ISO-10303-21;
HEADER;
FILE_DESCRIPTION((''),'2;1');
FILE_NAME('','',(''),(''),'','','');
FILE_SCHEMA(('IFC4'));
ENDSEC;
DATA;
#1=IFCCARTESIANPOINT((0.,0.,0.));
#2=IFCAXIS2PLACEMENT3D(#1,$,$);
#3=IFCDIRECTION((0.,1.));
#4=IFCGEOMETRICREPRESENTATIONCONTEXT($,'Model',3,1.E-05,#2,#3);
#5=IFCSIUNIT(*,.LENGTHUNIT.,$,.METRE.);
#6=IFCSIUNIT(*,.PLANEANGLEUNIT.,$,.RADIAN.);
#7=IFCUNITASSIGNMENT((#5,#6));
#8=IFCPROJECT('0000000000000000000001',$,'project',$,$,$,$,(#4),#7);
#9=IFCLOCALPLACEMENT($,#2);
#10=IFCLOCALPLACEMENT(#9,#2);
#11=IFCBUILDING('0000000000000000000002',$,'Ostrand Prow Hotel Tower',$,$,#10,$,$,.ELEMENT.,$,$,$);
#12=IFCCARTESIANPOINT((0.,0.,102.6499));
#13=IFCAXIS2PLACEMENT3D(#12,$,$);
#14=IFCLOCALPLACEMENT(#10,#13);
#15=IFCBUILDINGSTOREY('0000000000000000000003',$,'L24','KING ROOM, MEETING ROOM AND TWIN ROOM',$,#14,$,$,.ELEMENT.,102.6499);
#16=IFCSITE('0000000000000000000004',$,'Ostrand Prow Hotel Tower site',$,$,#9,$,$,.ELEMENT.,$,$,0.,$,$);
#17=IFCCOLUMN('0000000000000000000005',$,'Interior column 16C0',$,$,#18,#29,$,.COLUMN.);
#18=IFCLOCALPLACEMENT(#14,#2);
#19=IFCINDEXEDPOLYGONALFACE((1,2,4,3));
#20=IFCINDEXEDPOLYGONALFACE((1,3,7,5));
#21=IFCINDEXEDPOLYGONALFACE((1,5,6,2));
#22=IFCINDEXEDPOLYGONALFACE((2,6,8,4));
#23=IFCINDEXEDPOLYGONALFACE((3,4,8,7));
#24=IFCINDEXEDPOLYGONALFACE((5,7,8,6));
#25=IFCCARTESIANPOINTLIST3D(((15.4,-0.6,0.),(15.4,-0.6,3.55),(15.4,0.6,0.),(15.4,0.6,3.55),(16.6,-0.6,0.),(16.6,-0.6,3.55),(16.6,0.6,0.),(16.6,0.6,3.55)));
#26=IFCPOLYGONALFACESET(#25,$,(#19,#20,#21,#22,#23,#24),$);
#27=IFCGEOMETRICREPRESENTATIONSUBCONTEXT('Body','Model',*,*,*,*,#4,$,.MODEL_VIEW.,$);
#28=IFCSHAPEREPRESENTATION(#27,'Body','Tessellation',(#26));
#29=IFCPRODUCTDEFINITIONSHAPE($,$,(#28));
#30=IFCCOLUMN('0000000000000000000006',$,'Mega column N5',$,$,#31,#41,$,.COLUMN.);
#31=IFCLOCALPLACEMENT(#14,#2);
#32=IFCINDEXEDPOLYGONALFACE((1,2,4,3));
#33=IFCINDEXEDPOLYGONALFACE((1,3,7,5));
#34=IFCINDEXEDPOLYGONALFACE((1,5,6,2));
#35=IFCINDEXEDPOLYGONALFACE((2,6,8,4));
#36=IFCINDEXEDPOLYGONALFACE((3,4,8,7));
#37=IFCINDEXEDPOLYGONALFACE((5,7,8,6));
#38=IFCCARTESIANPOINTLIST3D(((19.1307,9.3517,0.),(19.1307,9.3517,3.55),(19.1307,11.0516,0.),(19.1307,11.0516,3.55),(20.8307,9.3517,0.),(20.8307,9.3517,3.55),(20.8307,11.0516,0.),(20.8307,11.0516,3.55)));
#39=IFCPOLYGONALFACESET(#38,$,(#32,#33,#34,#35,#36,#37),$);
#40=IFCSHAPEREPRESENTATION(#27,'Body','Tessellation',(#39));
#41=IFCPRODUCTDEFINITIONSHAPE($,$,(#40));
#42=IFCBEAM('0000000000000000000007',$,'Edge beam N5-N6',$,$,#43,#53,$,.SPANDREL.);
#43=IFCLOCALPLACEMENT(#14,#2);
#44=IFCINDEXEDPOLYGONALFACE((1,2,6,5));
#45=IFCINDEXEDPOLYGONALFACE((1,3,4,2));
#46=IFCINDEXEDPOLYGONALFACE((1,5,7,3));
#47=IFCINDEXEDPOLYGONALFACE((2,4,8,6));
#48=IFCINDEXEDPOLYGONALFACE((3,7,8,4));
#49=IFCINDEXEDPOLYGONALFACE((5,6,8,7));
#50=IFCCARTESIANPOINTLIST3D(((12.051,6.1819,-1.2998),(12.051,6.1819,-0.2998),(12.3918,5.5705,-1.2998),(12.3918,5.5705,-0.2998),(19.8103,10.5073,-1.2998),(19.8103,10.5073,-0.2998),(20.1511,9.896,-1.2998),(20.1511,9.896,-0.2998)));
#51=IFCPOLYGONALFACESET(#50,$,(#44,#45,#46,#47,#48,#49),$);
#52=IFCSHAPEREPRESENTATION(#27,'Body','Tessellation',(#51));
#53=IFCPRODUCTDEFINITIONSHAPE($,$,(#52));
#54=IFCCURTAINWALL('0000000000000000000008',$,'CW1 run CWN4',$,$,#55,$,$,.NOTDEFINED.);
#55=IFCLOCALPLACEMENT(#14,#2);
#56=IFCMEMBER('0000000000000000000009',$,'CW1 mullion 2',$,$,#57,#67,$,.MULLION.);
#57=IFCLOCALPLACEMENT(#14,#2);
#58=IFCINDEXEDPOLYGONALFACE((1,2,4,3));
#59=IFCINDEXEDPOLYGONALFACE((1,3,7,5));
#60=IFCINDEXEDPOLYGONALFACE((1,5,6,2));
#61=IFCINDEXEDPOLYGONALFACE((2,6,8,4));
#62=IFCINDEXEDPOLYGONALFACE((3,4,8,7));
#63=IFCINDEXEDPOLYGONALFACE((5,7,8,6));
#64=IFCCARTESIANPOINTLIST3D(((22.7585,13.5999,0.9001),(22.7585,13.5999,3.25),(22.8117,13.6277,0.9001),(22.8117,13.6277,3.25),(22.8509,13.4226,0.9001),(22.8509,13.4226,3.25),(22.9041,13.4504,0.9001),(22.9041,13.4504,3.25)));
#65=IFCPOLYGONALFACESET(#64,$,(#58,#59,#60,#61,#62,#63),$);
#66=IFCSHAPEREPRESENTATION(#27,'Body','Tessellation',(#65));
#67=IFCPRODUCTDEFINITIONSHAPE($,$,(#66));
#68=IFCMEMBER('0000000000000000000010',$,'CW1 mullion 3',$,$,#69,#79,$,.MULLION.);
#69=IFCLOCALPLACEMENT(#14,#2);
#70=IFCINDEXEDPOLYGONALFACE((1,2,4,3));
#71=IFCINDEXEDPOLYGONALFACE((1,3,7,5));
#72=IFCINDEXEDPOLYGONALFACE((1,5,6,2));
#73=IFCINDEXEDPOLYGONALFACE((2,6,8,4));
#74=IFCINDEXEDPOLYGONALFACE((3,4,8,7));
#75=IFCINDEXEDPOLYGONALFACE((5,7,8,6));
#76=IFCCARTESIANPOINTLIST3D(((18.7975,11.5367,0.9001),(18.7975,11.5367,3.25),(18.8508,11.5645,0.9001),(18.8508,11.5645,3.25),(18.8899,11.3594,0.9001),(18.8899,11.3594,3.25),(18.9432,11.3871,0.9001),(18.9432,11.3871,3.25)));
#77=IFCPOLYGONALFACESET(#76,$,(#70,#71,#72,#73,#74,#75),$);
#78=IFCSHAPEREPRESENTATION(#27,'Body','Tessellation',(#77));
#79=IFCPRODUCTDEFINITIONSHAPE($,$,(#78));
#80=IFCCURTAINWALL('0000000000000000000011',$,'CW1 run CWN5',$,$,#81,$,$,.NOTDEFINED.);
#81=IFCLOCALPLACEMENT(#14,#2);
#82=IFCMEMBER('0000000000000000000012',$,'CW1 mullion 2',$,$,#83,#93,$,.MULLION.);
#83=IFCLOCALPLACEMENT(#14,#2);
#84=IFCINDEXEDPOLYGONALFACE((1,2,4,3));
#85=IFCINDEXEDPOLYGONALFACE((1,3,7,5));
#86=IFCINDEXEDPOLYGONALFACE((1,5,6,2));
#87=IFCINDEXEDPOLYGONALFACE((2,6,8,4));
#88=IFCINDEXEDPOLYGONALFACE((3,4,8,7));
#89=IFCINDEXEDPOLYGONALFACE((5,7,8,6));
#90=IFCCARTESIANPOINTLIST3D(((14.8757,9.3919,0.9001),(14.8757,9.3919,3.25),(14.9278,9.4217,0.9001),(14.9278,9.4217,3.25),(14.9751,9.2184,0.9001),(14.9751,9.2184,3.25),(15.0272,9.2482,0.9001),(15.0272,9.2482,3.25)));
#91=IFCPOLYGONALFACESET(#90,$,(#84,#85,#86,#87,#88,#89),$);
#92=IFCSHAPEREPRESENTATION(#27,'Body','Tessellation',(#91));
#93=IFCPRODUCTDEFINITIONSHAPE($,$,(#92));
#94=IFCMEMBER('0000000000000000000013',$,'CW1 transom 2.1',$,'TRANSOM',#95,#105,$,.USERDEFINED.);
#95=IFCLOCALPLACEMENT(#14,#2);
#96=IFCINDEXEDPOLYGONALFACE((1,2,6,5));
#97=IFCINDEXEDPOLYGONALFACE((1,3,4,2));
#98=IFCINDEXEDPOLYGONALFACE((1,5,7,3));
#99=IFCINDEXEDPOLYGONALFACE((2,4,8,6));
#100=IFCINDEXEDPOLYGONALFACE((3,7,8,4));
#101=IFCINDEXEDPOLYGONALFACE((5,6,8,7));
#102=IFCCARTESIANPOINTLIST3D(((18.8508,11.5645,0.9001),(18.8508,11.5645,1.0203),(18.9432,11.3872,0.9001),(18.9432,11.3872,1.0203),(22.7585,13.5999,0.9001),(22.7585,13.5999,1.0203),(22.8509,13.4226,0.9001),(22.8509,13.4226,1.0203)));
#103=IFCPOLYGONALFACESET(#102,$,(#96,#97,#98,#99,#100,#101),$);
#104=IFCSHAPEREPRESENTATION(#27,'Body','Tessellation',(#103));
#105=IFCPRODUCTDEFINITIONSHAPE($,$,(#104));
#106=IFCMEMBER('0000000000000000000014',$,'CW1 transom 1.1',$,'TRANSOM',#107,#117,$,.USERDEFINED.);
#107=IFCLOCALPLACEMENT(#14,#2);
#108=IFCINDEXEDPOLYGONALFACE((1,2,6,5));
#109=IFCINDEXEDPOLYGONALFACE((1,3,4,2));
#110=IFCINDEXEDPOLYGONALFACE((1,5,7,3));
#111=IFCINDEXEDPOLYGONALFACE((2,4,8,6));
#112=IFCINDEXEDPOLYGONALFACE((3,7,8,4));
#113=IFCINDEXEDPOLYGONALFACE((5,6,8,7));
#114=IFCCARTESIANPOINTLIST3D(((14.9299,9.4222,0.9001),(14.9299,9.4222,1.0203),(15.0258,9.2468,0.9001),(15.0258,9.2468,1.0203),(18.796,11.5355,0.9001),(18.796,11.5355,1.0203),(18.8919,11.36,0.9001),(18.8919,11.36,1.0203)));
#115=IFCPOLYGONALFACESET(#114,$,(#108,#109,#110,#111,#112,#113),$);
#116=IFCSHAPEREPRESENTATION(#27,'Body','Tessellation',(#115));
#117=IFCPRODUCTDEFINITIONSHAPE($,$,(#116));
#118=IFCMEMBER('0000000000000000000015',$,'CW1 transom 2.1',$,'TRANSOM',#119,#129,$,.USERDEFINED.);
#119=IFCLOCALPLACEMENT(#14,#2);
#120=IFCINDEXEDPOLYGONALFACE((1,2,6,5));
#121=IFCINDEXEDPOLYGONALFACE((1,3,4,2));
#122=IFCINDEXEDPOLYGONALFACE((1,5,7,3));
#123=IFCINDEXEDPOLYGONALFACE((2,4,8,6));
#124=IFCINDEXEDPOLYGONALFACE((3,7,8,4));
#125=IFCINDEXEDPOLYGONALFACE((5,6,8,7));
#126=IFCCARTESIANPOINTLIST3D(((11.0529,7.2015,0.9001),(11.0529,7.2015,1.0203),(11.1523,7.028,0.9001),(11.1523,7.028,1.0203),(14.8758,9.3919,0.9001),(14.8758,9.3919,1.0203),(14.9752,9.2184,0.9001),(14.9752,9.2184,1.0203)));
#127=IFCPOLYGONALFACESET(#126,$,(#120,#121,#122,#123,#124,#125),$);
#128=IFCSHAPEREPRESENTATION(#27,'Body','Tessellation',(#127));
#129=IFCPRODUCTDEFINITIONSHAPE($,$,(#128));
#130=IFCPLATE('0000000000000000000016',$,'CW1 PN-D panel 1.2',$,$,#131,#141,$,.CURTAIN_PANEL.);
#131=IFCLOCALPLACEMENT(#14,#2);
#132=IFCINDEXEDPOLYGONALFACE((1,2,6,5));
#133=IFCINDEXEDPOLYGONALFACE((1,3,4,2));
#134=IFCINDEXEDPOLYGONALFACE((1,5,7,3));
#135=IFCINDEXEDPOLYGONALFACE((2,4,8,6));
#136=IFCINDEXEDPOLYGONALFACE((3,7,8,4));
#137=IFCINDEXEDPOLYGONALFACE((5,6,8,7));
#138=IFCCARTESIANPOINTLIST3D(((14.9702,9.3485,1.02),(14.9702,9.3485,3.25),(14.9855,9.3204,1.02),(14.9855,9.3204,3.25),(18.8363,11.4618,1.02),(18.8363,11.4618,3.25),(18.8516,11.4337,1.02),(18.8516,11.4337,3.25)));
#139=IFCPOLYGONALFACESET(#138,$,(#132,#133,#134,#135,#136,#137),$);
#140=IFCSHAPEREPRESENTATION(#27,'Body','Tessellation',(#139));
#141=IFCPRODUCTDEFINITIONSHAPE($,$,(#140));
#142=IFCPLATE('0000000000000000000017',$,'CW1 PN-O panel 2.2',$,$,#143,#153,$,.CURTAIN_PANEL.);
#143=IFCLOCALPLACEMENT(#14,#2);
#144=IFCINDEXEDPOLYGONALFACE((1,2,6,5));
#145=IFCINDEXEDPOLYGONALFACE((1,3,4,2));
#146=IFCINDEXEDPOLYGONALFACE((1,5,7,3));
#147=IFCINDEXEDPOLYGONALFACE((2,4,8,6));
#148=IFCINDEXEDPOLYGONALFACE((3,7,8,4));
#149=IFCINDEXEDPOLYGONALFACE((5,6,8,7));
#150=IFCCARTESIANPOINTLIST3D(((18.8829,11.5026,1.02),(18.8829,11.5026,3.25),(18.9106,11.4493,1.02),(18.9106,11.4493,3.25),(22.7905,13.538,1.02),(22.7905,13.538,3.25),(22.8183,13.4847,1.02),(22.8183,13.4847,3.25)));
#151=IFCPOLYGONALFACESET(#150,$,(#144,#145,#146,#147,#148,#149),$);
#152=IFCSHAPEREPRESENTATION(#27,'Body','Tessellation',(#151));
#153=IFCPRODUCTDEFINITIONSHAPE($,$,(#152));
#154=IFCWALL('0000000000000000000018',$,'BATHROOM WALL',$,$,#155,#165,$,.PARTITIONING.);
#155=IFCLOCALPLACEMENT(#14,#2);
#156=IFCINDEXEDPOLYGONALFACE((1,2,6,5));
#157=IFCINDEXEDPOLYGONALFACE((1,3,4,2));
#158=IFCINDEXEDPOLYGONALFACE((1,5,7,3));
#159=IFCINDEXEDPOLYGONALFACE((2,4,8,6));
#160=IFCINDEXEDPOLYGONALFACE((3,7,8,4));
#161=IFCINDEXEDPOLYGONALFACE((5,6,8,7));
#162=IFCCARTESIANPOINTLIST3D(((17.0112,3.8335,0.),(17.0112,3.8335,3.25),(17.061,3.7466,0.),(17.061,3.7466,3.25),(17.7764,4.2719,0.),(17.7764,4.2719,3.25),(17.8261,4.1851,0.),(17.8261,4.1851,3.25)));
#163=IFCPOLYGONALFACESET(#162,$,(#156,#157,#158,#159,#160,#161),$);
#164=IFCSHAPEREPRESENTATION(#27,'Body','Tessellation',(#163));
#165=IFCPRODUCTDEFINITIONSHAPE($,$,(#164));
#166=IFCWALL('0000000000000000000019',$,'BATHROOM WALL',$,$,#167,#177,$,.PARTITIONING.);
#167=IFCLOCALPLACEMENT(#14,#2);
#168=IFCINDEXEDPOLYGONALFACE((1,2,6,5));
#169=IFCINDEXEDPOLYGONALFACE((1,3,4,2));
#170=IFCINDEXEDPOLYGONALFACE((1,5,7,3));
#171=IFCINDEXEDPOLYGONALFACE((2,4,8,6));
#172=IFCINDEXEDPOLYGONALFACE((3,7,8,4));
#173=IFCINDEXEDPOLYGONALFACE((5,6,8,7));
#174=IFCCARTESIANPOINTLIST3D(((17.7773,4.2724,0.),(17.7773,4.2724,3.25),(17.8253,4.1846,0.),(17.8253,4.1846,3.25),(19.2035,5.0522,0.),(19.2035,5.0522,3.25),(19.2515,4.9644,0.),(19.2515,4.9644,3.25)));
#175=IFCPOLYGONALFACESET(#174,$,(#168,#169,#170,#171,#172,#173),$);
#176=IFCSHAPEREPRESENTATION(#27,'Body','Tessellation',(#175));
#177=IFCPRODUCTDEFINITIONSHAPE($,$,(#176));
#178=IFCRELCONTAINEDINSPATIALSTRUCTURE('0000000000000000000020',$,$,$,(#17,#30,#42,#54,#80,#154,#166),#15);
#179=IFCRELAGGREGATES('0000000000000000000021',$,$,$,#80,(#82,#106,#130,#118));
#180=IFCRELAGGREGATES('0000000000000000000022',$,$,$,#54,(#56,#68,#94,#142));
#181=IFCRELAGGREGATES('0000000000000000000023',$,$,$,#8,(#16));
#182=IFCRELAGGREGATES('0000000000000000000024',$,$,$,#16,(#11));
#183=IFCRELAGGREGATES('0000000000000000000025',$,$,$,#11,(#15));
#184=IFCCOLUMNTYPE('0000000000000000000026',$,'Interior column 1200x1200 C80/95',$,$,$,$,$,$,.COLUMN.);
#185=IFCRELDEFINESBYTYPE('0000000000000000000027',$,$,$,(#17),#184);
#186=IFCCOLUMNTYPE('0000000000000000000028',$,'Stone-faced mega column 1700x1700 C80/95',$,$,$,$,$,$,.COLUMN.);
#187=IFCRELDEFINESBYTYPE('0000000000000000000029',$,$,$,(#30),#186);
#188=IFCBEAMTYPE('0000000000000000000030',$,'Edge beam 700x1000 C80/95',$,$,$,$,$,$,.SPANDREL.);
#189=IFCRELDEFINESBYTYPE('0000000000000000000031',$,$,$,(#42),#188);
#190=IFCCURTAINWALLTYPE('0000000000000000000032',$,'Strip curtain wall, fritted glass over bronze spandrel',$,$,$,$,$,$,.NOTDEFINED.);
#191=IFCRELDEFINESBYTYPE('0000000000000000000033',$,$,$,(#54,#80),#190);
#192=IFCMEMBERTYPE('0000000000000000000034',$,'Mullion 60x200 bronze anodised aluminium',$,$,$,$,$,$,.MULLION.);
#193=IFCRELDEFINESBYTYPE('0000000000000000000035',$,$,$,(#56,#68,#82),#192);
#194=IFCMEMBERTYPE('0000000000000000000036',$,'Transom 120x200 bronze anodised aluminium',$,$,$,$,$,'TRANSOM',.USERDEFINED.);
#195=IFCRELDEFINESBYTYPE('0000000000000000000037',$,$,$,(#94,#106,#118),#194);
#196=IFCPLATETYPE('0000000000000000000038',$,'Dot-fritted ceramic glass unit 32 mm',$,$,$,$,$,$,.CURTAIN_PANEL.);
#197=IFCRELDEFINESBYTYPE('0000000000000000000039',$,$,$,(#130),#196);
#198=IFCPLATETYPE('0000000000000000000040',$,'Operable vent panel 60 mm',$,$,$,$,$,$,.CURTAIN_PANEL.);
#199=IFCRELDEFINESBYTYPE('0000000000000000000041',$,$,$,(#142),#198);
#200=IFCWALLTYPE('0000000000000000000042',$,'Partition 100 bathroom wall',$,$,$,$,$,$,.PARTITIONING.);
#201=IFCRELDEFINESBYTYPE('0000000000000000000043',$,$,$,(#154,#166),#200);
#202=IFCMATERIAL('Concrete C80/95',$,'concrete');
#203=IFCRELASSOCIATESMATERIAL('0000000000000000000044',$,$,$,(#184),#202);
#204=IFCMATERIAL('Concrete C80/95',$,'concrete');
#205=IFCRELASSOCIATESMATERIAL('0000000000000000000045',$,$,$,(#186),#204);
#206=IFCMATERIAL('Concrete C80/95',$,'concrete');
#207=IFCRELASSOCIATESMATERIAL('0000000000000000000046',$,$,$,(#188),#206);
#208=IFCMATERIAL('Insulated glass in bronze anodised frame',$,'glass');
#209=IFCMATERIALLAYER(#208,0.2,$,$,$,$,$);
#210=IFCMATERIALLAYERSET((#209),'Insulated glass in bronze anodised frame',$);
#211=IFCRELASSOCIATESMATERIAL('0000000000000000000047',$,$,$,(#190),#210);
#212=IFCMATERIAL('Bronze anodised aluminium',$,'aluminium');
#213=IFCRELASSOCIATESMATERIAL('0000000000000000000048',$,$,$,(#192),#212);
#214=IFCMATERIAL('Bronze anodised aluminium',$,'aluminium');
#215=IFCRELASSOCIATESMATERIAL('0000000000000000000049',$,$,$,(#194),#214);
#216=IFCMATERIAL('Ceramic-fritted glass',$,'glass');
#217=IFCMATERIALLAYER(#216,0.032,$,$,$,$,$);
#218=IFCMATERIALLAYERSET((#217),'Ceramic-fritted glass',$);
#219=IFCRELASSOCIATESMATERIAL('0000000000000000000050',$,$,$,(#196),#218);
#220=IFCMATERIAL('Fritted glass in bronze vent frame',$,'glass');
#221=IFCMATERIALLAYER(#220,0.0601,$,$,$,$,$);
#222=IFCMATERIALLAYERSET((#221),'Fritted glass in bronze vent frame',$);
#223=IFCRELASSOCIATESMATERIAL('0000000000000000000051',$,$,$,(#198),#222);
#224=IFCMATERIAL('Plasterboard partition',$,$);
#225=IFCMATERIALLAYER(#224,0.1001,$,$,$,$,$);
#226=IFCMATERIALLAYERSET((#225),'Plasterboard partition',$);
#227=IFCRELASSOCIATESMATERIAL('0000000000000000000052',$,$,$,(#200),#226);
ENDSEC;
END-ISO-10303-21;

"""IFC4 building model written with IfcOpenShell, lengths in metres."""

from ifc_helpers import new_model, si_unit, direction, frame, frame_2d, origin, origin_2d, place, context, subcontext, project, spatial, rectangle, extrude, material, layer, layer_set, material_profile, profile_set, type_object, element, aggregate, save


model = new_model("IFC4")

# Units and contexts
model_context = context("Model", 3, precision=1e-05, world=origin(), true_north=direction((0.0, 1.0)))
body_context = subcontext(model_context, "Body", "Model", "MODEL_VIEW")
ifc_project = project(units=[si_unit("LENGTHUNIT", "METRE"), si_unit("PLANEANGLEUNIT", "RADIAN")], contexts=[model_context])

# Site, building, storey
site_placement = place(None, origin())
site = spatial("IfcSite", under=ifc_project, at=site_placement, Name="Ostrand Prow Hotel Tower site", CompositionType="ELEMENT", RefElevation=0.0)
building_placement = place(site_placement, origin())
building = spatial("IfcBuilding", under=site, at=building_placement, Name="Ostrand Prow Hotel Tower", CompositionType="ELEMENT")
storey_placement = place(building_placement, frame((0.0, 0.0, 102.6499)))
storey = spatial("IfcBuildingStorey", under=building, at=storey_placement, Name="L24", Description="KING ROOM, MEETING ROOM AND TWIN ROOM", CompositionType="ELEMENT", Elevation=102.6499)

# Columns
ifc_material_1 = material(Name="Concrete C80/95", Category="concrete")
ifc_material_profile_1 = material_profile(ifc_material_1, rectangle(XDim=1.2, YDim=1.2, at=origin_2d()), Name="RC 1200x1200")
ifc_profile_set_1 = profile_set([ifc_material_profile_1], Name="Concrete C80/95")
column_type_1 = type_object("IfcColumnType", Name="Interior column 1200x1200 C80/95", PredefinedType="COLUMN", material=ifc_profile_set_1)
column_1_placement = place(storey_placement, frame((16.0, 0.0, 0.0), z_axis=(0.0, 0.0, 1.0), x_axis=(1.0, 0.0, 0.0)))
element("IfcColumn", 1, at=column_1_placement, inside=storey, type_object=column_type_1, Name="Interior column 16C0", PredefinedType="COLUMN", context=body_context, shape_type="SweptSolid", body=[
    extrude(rectangle(XDim=1.2, YDim=1.2, at=origin_2d()), origin(), (0.0, 0.0, 1.0), 3.55),
])
ifc_material_2 = material(Name="Concrete C80/95", Category="concrete")
ifc_material_profile_2 = material_profile(ifc_material_2, rectangle(XDim=1.7, YDim=1.7, at=origin_2d()), Name="RC 1700x1700")
ifc_profile_set_2 = profile_set([ifc_material_profile_2], Name="Concrete C80/95")
column_type_2 = type_object("IfcColumnType", Name="Stone-faced mega column 1700x1700 C80/95", PredefinedType="COLUMN", material=ifc_profile_set_2)
column_2_placement = place(storey_placement, frame((19.9807, 10.2017, 0.0), z_axis=(0.0, 0.0, 1.0), x_axis=(1.0, 0.0, 0.0)))
element("IfcColumn", 2, at=column_2_placement, inside=storey, type_object=column_type_2, Name="Mega column N5", PredefinedType="COLUMN", context=body_context, shape_type="SweptSolid", body=[
    extrude(rectangle(XDim=1.7, YDim=1.7, at=origin_2d()), origin(), (0.0, 0.0, 1.0), 3.55),
])

# Beam
ifc_material_3 = material(Name="Concrete C80/95", Category="concrete")
ifc_material_profile_3 = material_profile(ifc_material_3, rectangle(XDim=0.7, YDim=1.0, at=origin_2d()), Name="RC 700x1000")
ifc_profile_set_3 = profile_set([ifc_material_profile_3], Name="Concrete C80/95")
beam_type = type_object("IfcBeamType", Name="Edge beam 700x1000 C80/95", PredefinedType="SPANDREL", material=ifc_profile_set_3)
beam_placement = place(storey_placement, frame((19.9807, 10.2017, -0.7998), z_axis=(-0.873452, -0.486909, 0.0), x_axis=(0.486909, -0.873452, 0.0)))
element("IfcBeam", 3, at=beam_placement, inside=storey, type_object=beam_type, Name="Edge beam N5-N6", PredefinedType="SPANDREL", context=body_context, shape_type="SweptSolid", body=[
    extrude(rectangle(XDim=0.7, YDim=1.0, at=origin_2d()), origin(), (0.0, 0.0, 1.0), 8.8835),
])

# Curtain wall, members
ifc_material_4 = material(Name="Insulated glass in bronze anodised frame", Category="glass")
ifc_layer_1 = layer(ifc_material_4, 0.2)
ifc_layer_set_1 = layer_set([ifc_layer_1], Name="Insulated glass in bronze anodised frame")
curtain_wall_type = type_object("IfcCurtainWallType", Name="Strip curtain wall, fritted glass over bronze spandrel", PredefinedType="NOTDEFINED", material=ifc_layer_set_1)
curtain_wall_1_placement = place(storey_placement, origin())
curtain_wall_1 = element("IfcCurtainWall", 4, at=curtain_wall_1_placement, inside=storey, type_object=curtain_wall_type, Name="CW1 run CWN4", PredefinedType="NOTDEFINED")
ifc_material_5 = material(Name="Bronze anodised aluminium", Category="aluminium")
ifc_material_profile_4 = material_profile(ifc_material_5, rectangle(XDim=0.2, YDim=0.0601, at=origin_2d()), Name="Mullion 60x200 bronze anodised aluminium")
ifc_profile_set_4 = profile_set([ifc_material_profile_4], Name="Bronze anodised aluminium")
member_type_1 = type_object("IfcMemberType", Name="Mullion 60x200 bronze anodised aluminium", PredefinedType="MULLION", material=ifc_profile_set_4)
member_1_placement = place(storey_placement, frame((22.8313, 13.5251, 0.9001), z_axis=(0.0, 0.0, 1.0), x_axis=(0.461968, -0.886896, 0.0)))
member_1 = element("IfcMember", 5, at=member_1_placement, type_object=member_type_1, Name="CW1 mullion 2", PredefinedType="MULLION", context=body_context, shape_type="SweptSolid", body=[
    extrude(rectangle(XDim=0.2, YDim=0.0601, at=origin_2d()), origin(), (0.0, 0.0, 1.0), 2.3499),
])
member_2_placement = place(storey_placement, frame((18.8704, 11.4619, 0.9001), z_axis=(0.0, 0.0, 1.0), x_axis=(0.461968, -0.886896, 0.0)))
member_2 = element("IfcMember", 6, at=member_2_placement, type_object=member_type_1, Name="CW1 mullion 3", PredefinedType="MULLION", context=body_context, shape_type="SweptSolid", body=[
    extrude(rectangle(XDim=0.2, YDim=0.0601, at=origin_2d()), origin(), (0.0, 0.0, 1.0), 2.3499),
])

# Curtain wall, member
curtain_wall_2_placement = place(storey_placement, origin())
curtain_wall_2 = element("IfcCurtainWall", 7, at=curtain_wall_2_placement, inside=storey, type_object=curtain_wall_type, Name="CW1 run CWN5", PredefinedType="NOTDEFINED")
member_3_placement = place(storey_placement, frame((14.9514, 9.3201, 0.9001), z_axis=(0.0, 0.0, 1.0), x_axis=(0.497115, -0.867685, 0.0)))
member_3 = element("IfcMember", 8, at=member_3_placement, type_object=member_type_1, Name="CW1 mullion 2", PredefinedType="MULLION", context=body_context, shape_type="SweptSolid", body=[
    extrude(rectangle(XDim=0.2, YDim=0.0601, at=origin_2d()), origin(), (0.0, 0.0, 1.0), 2.3499),
])

# Members
ifc_material_6 = material(Name="Bronze anodised aluminium", Category="aluminium")
ifc_material_profile_5 = material_profile(ifc_material_6, rectangle(XDim=0.2, YDim=0.1201, at=origin_2d()), Name="Transom 120x200 bronze anodised aluminium")
ifc_profile_set_5 = profile_set([ifc_material_profile_5], Name="Bronze anodised aluminium")
member_type_2 = type_object("IfcMemberType", Name="Transom 120x200 bronze anodised aluminium", ElementType="TRANSOM", PredefinedType="USERDEFINED", material=ifc_profile_set_5)
member_4_placement = place(storey_placement, frame((22.8047, 13.5112, 0.9602), z_axis=(-0.886902, -0.461958, 0.0), x_axis=(0.461958, -0.886902, 0.0)))
member_4 = element("IfcMember", 9, at=member_4_placement, type_object=member_type_2, Name="CW1 transom 2.1", ObjectType="TRANSOM", PredefinedType="USERDEFINED", context=body_context, shape_type="SweptSolid", body=[
    extrude(rectangle(XDim=0.2, YDim=0.1201, at=origin_2d()), origin(), (0.0, 0.0, 1.0), 4.406),
])
member_5_placement = place(storey_placement, frame((18.844, 11.4478, 0.9602), z_axis=(-0.877472, -0.479628, 0.0), x_axis=(0.479628, -0.877472, 0.0)))
member_5 = element("IfcMember", 10, at=member_5_placement, type_object=member_type_2, Name="CW1 transom 1.1", ObjectType="TRANSOM", PredefinedType="USERDEFINED", context=body_context, shape_type="SweptSolid", body=[
    extrude(rectangle(XDim=0.2, YDim=0.1201, at=origin_2d()), origin(), (0.0, 0.0, 1.0), 4.406),
])
member_6_placement = place(storey_placement, frame((14.9255, 9.3052, 0.9602), z_axis=(-0.86767, -0.497141, 0.0), x_axis=(0.497141, -0.86767, 0.0)))
member_6 = element("IfcMember", 11, at=member_6_placement, type_object=member_type_2, Name="CW1 transom 2.1", ObjectType="TRANSOM", PredefinedType="USERDEFINED", context=body_context, shape_type="SweptSolid", body=[
    extrude(rectangle(XDim=0.2, YDim=0.1201, at=origin_2d()), origin(), (0.0, 0.0, 1.0), 4.406),
])

# Plates
ifc_material_7 = material(Name="Ceramic-fritted glass", Category="glass")
ifc_layer_2 = layer(ifc_material_7, 0.032)
ifc_layer_set_2 = layer_set([ifc_layer_2], Name="Ceramic-fritted glass")
plate_type_1 = type_object("IfcPlateType", Name="Dot-fritted ceramic glass unit 32 mm", PredefinedType="CURTAIN_PANEL", material=ifc_layer_set_2)
plate_1_placement = place(storey_placement, frame((16.9109, 10.3911, 1.02), z_axis=(0.0, 0.0, 1.0), x_axis=(-0.877467, -0.479637, 0.0)))
plate_1 = element("IfcPlate", 12, at=plate_1_placement, type_object=plate_type_1, Name="CW1 PN-D panel 1.2", PredefinedType="CURTAIN_PANEL", context=body_context, shape_type="SweptSolid", body=[
    extrude(rectangle(XDim=4.406, YDim=0.032, at=origin_2d()), origin(), (0.0, 0.0, 1.0), 2.23),
])
aggregate(curtain_wall_2, [member_3, member_5, plate_1, member_6])
ifc_material_8 = material(Name="Fritted glass in bronze vent frame", Category="glass")
ifc_layer_3 = layer(ifc_material_8, 0.0601)
ifc_layer_set_3 = layer_set([ifc_layer_3], Name="Fritted glass in bronze vent frame")
plate_type_2 = type_object("IfcPlateType", Name="Operable vent panel 60 mm", PredefinedType="CURTAIN_PANEL", material=ifc_layer_set_3)
plate_2_placement = place(storey_placement, frame((20.8506, 12.4937, 1.02), z_axis=(0.0, 0.0, 1.0), x_axis=(-0.886896, -0.461968, 0.0)))
plate_2 = element("IfcPlate", 13, at=plate_2_placement, type_object=plate_type_2, Name="CW1 PN-O panel 2.2", PredefinedType="CURTAIN_PANEL", context=body_context, shape_type="SweptSolid", body=[
    extrude(rectangle(XDim=4.406, YDim=0.0601, at=origin_2d()), origin(), (0.0, 0.0, 1.0), 2.23),
])
aggregate(curtain_wall_1, [member_1, member_2, member_4, plate_2])

# Walls
ifc_material_9 = material(Name="Plasterboard partition")
ifc_layer_4 = layer(ifc_material_9, 0.1001)
ifc_layer_set_4 = layer_set([ifc_layer_4], Name="Plasterboard partition")
wall_type_1 = type_object("IfcWallType", Name="Partition 100 bathroom wall", PredefinedType="PARTITIONING", material=ifc_layer_set_4)
wall_1_placement = place(storey_placement, frame((17.0361, 3.79, 0.0), z_axis=(0.0, 0.0, 1.0), x_axis=(0.867629, 0.497212, 0.0)))
element("IfcWall", 14, at=wall_1_placement, inside=storey, type_object=wall_type_1, Name="BATHROOM WALL", PredefinedType="PARTITIONING", context=body_context, shape_type="SweptSolid", body=[
    extrude(rectangle(XDim=0.8818, YDim=0.1001, at=frame_2d((0.4409, 0.0))), origin(), (0.0, 0.0, 1.0), 3.25),
])
wall_2_placement = place(storey_placement, frame((17.8013, 4.2285, 0.0), z_axis=(0.0, 0.0, 1.0), x_axis=(0.877424, 0.479715, 0.0)))
element("IfcWall", 15, at=wall_2_placement, inside=storey, type_object=wall_type_1, Name="BATHROOM WALL", PredefinedType="PARTITIONING", context=body_context, shape_type="SweptSolid", body=[
    extrude(rectangle(XDim=1.6255, YDim=0.1001, at=frame_2d((0.8127, 0.0))), origin(), (0.0, 0.0, 1.0), 3.25),
])

save(model, "model.ifc")
